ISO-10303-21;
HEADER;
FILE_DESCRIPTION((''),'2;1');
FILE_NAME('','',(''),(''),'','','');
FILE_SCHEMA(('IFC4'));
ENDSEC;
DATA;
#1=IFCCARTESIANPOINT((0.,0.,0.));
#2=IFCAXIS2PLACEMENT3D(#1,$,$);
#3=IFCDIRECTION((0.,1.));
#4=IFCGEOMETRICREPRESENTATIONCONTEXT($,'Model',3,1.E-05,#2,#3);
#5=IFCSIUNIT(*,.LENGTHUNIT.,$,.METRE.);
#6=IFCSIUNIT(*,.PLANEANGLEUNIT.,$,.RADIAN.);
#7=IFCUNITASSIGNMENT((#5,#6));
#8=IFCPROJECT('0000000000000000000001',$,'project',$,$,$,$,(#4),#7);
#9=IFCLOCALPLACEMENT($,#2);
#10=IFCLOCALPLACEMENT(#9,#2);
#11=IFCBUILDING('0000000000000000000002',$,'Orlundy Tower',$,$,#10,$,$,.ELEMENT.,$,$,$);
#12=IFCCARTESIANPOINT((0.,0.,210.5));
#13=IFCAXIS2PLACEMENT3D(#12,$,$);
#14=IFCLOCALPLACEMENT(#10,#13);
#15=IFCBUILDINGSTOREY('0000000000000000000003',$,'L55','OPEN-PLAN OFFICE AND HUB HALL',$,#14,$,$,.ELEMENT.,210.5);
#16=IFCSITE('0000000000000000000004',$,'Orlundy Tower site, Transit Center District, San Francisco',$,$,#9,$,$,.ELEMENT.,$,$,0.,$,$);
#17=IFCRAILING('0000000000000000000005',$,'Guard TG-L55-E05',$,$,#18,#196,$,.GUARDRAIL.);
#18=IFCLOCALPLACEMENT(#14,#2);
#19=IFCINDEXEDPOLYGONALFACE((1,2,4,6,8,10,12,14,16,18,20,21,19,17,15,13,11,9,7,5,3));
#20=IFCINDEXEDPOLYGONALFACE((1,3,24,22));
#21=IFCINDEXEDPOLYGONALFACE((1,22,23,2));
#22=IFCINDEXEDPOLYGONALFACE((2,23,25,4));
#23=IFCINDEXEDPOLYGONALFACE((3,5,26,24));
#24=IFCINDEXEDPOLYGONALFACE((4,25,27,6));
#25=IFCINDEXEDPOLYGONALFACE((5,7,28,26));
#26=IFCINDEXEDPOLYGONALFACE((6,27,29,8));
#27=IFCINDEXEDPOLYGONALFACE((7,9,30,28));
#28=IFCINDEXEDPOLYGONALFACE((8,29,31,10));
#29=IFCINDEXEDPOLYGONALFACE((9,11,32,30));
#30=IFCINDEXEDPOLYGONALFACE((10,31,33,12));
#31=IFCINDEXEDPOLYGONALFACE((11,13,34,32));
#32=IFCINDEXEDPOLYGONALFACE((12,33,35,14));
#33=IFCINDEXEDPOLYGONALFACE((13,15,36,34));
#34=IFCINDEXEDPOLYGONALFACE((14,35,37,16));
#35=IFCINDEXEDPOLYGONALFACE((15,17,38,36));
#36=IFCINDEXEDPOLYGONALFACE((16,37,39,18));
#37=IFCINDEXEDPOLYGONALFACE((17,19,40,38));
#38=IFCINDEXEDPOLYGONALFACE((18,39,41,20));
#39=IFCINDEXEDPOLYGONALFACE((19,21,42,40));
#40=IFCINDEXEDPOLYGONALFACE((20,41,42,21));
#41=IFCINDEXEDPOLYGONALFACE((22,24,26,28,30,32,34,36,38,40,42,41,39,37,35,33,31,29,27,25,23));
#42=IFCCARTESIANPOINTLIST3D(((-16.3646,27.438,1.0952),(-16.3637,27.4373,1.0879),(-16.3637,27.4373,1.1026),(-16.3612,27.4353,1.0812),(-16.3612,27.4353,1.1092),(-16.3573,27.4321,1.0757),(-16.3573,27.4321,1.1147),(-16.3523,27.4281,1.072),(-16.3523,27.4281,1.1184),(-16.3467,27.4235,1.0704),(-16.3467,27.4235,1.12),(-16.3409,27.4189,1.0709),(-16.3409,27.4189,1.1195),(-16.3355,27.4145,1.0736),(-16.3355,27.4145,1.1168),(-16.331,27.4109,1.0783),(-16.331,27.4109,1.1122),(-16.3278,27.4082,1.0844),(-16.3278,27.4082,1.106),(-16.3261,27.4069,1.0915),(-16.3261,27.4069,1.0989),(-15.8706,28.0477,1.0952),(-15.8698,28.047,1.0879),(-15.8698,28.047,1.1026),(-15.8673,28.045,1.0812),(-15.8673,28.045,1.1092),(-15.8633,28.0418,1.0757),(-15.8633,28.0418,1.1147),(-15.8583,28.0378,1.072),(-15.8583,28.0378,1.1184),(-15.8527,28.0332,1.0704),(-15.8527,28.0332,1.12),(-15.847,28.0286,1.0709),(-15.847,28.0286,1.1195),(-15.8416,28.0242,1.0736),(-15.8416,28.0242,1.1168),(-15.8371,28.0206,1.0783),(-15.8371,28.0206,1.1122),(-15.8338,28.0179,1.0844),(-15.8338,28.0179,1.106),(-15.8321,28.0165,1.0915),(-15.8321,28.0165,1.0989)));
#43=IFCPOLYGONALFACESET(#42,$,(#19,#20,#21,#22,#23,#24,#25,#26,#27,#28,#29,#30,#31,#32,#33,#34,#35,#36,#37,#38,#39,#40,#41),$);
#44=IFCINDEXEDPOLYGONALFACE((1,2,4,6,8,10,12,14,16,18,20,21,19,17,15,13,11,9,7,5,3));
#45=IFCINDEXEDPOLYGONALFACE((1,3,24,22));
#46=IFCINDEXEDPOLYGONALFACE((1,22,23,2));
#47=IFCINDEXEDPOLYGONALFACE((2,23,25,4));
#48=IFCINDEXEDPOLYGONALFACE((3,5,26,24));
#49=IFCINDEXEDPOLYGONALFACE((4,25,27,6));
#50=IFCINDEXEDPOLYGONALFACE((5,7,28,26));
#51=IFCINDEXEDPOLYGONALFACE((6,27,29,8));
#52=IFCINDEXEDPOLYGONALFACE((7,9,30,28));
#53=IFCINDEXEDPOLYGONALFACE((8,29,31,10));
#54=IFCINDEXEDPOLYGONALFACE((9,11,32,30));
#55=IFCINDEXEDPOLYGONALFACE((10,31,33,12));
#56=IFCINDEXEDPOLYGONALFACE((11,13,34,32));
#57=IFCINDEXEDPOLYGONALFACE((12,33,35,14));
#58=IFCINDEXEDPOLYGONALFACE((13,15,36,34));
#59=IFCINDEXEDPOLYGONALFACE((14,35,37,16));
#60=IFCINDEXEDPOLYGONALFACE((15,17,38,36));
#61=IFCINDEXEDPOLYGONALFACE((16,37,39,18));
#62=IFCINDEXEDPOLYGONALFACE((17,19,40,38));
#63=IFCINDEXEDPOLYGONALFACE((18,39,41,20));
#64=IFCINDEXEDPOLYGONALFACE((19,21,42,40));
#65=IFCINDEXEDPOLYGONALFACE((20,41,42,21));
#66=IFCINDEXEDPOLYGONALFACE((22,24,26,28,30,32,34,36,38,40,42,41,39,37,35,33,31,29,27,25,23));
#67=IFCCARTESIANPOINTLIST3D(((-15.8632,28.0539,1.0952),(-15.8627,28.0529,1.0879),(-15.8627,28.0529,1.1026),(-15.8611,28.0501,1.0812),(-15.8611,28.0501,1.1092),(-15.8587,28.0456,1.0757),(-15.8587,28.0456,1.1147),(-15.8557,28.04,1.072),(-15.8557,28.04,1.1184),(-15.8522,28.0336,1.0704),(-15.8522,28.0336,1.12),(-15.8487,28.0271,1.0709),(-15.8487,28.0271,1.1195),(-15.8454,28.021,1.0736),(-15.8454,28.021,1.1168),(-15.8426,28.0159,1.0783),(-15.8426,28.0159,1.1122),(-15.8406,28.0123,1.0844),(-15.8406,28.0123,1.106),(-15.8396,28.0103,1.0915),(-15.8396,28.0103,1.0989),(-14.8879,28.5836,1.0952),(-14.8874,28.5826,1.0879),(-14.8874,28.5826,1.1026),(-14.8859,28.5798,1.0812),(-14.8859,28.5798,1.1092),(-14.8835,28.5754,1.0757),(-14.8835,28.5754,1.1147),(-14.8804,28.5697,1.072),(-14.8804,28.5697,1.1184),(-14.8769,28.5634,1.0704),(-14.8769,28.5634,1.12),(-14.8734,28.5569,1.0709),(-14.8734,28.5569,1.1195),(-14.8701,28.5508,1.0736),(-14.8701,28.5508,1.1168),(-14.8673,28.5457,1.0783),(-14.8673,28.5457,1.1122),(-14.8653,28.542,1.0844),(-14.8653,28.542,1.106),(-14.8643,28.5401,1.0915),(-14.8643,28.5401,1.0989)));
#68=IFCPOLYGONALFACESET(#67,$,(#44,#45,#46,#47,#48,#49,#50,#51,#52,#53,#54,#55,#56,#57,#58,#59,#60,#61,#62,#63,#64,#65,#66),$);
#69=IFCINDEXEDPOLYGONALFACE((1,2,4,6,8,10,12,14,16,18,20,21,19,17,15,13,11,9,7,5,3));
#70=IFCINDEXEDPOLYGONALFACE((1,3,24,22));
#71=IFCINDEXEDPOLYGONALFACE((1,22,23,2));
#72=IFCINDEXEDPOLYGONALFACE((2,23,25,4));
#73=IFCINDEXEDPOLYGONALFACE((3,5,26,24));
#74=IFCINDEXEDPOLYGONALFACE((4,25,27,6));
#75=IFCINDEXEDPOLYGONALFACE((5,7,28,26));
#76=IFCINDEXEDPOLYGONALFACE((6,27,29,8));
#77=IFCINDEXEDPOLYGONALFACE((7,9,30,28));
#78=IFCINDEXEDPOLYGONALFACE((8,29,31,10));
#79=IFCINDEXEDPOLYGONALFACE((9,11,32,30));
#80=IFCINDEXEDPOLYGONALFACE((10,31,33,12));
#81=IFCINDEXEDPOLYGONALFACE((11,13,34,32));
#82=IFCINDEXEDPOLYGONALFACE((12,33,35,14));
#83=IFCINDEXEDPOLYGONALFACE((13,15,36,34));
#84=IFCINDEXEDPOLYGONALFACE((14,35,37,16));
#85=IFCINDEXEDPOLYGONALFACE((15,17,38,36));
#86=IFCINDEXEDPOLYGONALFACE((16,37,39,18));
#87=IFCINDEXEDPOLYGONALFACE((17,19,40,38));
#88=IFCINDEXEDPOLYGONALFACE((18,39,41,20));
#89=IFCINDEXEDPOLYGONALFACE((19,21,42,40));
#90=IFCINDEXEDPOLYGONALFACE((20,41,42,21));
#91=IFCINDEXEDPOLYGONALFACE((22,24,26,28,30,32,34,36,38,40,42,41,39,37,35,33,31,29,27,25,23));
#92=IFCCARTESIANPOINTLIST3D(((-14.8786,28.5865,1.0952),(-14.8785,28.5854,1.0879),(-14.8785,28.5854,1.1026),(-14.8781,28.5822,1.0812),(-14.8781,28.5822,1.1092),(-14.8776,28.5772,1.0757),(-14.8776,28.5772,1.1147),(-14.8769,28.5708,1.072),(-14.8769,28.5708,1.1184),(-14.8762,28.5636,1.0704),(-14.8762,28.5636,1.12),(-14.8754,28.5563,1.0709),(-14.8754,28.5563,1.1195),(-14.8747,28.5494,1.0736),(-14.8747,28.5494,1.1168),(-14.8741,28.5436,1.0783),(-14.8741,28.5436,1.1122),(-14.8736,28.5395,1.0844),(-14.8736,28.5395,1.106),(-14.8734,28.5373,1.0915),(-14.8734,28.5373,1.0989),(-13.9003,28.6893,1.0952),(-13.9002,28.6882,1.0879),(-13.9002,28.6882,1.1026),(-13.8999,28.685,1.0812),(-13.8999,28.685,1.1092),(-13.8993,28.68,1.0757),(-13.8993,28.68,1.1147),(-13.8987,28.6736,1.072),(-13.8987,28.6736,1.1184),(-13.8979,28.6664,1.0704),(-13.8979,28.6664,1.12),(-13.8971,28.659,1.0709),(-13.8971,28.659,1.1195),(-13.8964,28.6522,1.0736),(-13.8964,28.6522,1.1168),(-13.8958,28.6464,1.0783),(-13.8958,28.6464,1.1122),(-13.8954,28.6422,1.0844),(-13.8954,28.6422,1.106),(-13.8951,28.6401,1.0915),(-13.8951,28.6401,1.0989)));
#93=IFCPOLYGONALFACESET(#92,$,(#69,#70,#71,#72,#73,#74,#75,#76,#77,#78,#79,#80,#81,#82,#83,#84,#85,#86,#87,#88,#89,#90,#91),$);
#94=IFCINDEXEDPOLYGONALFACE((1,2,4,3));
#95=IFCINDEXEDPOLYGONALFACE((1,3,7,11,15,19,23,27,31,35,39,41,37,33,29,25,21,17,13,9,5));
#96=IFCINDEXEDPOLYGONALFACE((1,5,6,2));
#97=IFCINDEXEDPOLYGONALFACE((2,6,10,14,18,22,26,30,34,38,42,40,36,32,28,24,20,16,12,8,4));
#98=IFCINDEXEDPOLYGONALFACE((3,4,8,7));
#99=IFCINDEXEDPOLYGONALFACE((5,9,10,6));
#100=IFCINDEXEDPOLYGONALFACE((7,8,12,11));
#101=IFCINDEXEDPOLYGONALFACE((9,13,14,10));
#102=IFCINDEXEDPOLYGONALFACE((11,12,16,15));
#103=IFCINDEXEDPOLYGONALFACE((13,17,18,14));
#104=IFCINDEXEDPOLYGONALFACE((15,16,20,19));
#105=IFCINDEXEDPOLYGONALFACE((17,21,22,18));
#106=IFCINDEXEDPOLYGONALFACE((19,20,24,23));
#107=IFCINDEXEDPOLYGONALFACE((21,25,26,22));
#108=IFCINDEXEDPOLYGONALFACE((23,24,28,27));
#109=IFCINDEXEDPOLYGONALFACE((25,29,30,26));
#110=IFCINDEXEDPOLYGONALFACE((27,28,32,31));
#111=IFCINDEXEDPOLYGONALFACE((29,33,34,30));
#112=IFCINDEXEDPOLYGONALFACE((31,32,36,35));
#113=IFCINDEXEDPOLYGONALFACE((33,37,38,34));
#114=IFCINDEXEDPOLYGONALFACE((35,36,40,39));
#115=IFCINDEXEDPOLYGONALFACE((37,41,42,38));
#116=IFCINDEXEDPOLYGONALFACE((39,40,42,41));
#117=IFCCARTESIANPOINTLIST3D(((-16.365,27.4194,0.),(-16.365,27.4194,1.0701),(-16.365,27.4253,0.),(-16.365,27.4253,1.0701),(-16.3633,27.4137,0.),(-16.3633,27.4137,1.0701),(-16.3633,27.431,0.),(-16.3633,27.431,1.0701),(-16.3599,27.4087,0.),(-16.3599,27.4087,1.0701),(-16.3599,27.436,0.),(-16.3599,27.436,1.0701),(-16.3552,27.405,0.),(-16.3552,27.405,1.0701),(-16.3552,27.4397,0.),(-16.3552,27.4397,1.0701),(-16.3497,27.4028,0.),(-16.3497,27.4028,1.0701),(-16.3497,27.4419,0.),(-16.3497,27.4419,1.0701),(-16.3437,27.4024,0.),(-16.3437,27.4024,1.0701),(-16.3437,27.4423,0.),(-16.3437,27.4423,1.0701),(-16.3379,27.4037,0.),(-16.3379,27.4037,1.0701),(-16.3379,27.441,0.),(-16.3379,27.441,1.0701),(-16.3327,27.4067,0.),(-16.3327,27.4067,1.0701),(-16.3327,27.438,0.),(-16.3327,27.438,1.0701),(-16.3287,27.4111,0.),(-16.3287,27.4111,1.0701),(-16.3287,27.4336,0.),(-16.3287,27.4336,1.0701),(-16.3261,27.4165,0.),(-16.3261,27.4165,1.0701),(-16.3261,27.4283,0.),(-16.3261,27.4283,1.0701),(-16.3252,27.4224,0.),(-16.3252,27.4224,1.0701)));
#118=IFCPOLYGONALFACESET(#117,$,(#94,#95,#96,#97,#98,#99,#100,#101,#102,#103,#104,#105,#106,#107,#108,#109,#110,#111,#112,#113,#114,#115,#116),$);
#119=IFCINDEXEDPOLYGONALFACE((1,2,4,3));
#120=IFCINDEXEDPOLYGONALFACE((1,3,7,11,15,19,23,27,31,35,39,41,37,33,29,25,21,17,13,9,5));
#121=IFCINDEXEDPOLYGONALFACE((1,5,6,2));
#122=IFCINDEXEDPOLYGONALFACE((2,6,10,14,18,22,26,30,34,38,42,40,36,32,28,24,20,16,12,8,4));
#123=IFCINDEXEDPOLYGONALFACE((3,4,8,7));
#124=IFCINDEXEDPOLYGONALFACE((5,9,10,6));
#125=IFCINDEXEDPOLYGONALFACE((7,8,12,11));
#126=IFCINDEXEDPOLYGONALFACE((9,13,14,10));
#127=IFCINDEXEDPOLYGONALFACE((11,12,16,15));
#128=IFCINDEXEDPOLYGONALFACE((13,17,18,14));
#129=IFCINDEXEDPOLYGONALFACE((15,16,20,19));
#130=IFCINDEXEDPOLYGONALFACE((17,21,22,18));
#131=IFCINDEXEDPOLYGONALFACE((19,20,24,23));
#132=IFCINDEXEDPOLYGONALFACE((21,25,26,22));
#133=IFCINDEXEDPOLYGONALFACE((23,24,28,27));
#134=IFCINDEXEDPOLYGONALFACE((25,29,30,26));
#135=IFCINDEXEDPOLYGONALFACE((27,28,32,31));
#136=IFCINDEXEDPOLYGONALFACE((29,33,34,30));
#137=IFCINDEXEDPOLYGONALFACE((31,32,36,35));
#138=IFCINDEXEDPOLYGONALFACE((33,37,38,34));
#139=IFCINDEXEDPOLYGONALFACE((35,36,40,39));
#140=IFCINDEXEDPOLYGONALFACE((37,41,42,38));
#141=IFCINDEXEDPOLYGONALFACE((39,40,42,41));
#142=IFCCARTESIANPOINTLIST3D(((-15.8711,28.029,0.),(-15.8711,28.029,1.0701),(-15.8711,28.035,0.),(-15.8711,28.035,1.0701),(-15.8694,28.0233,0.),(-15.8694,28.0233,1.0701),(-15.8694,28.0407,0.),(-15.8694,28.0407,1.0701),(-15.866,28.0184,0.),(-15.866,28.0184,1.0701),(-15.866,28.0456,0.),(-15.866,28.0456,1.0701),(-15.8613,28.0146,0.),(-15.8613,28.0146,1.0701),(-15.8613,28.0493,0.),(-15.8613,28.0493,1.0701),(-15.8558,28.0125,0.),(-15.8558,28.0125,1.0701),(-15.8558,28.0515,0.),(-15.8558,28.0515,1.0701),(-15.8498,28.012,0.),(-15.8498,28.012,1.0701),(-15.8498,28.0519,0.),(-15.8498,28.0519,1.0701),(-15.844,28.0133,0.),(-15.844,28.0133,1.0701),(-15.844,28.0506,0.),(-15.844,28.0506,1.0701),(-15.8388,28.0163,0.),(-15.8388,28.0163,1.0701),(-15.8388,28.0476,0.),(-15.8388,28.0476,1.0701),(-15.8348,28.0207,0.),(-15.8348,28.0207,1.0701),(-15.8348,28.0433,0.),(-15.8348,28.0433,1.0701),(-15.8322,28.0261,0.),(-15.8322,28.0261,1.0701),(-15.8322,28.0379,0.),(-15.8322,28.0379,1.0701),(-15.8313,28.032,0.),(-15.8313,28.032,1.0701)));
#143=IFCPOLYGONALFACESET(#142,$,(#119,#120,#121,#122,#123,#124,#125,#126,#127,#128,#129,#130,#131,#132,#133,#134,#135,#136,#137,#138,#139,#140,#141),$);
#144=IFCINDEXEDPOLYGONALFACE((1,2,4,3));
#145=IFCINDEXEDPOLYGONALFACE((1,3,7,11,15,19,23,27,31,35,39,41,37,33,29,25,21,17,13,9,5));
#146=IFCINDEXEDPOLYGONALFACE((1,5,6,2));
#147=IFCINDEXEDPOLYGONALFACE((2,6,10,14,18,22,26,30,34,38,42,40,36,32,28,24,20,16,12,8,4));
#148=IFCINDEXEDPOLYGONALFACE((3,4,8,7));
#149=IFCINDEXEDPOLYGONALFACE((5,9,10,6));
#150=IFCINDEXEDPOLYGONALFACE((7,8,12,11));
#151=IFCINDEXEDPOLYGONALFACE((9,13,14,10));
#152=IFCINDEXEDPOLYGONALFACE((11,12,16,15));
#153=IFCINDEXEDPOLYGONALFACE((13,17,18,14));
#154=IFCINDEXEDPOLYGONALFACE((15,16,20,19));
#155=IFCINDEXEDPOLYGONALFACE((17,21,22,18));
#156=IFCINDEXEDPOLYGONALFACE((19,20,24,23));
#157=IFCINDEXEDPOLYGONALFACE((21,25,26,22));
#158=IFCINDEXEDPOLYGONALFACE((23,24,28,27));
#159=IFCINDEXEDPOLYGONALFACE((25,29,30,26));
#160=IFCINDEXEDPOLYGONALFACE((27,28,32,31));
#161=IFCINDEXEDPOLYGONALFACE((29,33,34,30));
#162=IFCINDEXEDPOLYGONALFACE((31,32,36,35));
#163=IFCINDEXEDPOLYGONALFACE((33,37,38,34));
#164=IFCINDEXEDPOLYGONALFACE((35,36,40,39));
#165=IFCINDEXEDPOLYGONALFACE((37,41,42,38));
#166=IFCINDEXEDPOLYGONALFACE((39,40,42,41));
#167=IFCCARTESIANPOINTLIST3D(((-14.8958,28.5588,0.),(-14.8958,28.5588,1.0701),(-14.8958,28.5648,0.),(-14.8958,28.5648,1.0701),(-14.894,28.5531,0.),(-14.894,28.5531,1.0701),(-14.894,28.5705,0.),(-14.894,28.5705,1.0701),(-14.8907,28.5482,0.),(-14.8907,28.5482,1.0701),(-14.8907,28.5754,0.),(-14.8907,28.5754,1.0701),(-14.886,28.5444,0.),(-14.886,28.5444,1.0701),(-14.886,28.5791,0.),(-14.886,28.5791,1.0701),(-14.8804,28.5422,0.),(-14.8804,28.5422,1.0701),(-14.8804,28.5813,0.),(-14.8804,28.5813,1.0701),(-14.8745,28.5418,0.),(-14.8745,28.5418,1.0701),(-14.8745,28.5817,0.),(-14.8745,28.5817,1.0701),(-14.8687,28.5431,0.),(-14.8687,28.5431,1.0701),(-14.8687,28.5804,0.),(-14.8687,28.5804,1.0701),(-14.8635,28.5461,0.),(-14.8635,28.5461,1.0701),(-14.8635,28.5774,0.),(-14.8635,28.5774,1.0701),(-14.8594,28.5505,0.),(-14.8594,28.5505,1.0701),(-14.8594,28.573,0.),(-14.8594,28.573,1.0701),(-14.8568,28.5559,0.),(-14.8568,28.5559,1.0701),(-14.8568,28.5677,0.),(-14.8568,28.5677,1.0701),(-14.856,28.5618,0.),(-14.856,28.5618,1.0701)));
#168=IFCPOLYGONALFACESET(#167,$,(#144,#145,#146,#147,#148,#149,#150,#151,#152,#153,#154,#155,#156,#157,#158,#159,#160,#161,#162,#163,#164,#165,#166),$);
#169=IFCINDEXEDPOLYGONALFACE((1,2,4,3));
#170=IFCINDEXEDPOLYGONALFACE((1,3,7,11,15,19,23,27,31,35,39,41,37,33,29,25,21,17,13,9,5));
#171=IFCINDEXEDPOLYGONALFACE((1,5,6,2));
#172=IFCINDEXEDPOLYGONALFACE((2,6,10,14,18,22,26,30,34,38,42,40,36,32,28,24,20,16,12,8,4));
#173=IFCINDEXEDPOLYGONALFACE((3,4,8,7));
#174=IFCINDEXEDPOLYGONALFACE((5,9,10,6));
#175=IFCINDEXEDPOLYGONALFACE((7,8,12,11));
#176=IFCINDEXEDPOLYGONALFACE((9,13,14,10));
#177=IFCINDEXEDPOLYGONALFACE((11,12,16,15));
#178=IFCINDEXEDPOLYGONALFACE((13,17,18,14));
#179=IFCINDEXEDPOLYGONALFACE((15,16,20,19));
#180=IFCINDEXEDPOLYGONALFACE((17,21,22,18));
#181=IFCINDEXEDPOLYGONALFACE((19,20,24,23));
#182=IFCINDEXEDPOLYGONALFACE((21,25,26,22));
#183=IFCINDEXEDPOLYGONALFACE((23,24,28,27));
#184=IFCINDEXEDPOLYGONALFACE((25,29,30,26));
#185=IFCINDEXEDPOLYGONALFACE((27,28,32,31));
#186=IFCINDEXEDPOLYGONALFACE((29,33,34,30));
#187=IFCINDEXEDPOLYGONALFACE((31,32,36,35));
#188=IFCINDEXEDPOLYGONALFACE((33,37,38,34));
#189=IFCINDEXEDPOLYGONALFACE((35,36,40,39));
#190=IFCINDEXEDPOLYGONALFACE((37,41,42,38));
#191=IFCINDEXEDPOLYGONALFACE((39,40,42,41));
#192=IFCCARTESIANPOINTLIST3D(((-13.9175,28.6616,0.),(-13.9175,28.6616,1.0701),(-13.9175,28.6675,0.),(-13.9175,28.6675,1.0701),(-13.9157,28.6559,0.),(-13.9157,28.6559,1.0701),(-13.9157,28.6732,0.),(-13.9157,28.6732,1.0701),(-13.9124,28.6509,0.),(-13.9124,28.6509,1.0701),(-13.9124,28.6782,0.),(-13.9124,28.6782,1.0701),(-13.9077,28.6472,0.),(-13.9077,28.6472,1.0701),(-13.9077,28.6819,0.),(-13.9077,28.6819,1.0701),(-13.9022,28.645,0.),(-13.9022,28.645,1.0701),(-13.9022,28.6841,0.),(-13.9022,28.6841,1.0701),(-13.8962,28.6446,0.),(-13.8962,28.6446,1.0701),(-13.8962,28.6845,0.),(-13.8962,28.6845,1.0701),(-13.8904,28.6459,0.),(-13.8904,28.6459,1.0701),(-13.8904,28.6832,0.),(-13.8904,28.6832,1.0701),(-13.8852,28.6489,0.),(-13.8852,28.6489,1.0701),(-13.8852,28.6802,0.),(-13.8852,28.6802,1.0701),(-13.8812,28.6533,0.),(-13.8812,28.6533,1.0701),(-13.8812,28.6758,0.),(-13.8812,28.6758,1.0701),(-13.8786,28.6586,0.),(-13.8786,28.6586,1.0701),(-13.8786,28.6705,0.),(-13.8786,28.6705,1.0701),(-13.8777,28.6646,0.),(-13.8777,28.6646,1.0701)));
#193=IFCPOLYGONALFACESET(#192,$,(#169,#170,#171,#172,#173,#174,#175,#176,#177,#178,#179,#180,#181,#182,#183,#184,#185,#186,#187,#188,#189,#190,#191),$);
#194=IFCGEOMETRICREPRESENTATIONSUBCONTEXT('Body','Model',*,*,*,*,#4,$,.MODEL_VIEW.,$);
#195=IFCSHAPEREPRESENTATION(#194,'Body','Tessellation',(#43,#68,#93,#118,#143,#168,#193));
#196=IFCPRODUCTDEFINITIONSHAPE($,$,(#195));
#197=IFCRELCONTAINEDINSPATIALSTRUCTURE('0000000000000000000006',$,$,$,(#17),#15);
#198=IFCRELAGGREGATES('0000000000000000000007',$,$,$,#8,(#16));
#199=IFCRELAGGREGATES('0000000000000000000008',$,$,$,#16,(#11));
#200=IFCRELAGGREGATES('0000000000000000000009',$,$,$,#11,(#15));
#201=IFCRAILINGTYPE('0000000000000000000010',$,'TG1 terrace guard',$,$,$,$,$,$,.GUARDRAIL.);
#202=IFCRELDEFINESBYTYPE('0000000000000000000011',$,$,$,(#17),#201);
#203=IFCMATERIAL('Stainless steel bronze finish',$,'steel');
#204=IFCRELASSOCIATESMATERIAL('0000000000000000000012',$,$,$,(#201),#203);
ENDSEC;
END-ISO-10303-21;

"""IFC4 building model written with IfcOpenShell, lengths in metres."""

from ifc_helpers import new_model, si_unit, direction, frame, origin, origin_2d, place, context, subcontext, project, spatial, circle, extrude, material, type_object, element, save


model = new_model("IFC4")

# Units and contexts
model_context = context("Model", 3, precision=1e-05, world=origin(), true_north=direction((0.0, 1.0)))
body_context = subcontext(model_context, "Body", "Model", "MODEL_VIEW")
ifc_project = project(units=[si_unit("LENGTHUNIT", "METRE"), si_unit("PLANEANGLEUNIT", "RADIAN")], contexts=[model_context])

# Site, building, storey
site_placement = place(None, origin())
site = spatial("IfcSite", under=ifc_project, at=site_placement, Name="Orlundy Tower site, Transit Center District, San Francisco", CompositionType="ELEMENT", RefElevation=0.0)
building_placement = place(site_placement, origin())
building = spatial("IfcBuilding", under=site, at=building_placement, Name="Orlundy Tower", CompositionType="ELEMENT")
storey_placement = place(building_placement, frame((0.0, 0.0, 210.5)))
storey = spatial("IfcBuildingStorey", under=building, at=storey_placement, Name="L55", Description="OPEN-PLAN OFFICE AND HUB HALL", CompositionType="ELEMENT", Elevation=210.5)

# Railing
ifc_material_1 = material(Name="Stainless steel bronze finish", Category="steel")
railing_type_1 = type_object("IfcRailingType", Name="TG1 terrace guard", PredefinedType="GUARDRAIL", material=ifc_material_1)
railing_1_placement = place(storey_placement, frame((-16.3452, 27.4224, 0.0)))
element("IfcRailing", 1, at=railing_1_placement, inside=storey, type_object=railing_type_1, Name="Guard TG-L55-E05", PredefinedType="GUARDRAIL", context=body_context, shape_type="SweptSolid", body=[
    extrude(circle(Radius=0.0249, at=origin_2d()), frame((0.0, 0.0, 1.0952), z_axis=(0.629503, 0.776998, 0.0), x_axis=(-0.776998, 0.629503, 0.0)), (0.0, 0.0, 1.0), 0.7847),
    extrude(circle(Radius=0.0249, at=origin_2d()), frame((0.4939, 0.6096, 1.0952), z_axis=(0.878735, 0.47731, 0.0), x_axis=(-0.47731, 0.878735, 0.0)), (0.0, 0.0, 1.0), 1.1099),
    extrude(circle(Radius=0.0249, at=origin_2d()), frame((1.4692, 1.1394, 1.0952), z_axis=(0.994526, 0.104491, 0.0), x_axis=(-0.104491, 0.994526, 0.0)), (0.0, 0.0, 1.0), 0.9836),
    extrude(circle(Radius=0.02, at=origin_2d()), origin(), (0.0, 0.0, 1.0), 1.0701),
    extrude(circle(Radius=0.02, at=origin_2d()), frame((0.4939, 0.6096, 0.0)), (0.0, 0.0, 1.0), 1.0701),
    extrude(circle(Radius=0.02, at=origin_2d()), frame((1.4692, 1.1394, 0.0)), (0.0, 0.0, 1.0), 1.0701),
    extrude(circle(Radius=0.02, at=origin_2d()), frame((2.4475, 1.2422, 0.0)), (0.0, 0.0, 1.0), 1.0701),
])

save(model, "model.ifc")
